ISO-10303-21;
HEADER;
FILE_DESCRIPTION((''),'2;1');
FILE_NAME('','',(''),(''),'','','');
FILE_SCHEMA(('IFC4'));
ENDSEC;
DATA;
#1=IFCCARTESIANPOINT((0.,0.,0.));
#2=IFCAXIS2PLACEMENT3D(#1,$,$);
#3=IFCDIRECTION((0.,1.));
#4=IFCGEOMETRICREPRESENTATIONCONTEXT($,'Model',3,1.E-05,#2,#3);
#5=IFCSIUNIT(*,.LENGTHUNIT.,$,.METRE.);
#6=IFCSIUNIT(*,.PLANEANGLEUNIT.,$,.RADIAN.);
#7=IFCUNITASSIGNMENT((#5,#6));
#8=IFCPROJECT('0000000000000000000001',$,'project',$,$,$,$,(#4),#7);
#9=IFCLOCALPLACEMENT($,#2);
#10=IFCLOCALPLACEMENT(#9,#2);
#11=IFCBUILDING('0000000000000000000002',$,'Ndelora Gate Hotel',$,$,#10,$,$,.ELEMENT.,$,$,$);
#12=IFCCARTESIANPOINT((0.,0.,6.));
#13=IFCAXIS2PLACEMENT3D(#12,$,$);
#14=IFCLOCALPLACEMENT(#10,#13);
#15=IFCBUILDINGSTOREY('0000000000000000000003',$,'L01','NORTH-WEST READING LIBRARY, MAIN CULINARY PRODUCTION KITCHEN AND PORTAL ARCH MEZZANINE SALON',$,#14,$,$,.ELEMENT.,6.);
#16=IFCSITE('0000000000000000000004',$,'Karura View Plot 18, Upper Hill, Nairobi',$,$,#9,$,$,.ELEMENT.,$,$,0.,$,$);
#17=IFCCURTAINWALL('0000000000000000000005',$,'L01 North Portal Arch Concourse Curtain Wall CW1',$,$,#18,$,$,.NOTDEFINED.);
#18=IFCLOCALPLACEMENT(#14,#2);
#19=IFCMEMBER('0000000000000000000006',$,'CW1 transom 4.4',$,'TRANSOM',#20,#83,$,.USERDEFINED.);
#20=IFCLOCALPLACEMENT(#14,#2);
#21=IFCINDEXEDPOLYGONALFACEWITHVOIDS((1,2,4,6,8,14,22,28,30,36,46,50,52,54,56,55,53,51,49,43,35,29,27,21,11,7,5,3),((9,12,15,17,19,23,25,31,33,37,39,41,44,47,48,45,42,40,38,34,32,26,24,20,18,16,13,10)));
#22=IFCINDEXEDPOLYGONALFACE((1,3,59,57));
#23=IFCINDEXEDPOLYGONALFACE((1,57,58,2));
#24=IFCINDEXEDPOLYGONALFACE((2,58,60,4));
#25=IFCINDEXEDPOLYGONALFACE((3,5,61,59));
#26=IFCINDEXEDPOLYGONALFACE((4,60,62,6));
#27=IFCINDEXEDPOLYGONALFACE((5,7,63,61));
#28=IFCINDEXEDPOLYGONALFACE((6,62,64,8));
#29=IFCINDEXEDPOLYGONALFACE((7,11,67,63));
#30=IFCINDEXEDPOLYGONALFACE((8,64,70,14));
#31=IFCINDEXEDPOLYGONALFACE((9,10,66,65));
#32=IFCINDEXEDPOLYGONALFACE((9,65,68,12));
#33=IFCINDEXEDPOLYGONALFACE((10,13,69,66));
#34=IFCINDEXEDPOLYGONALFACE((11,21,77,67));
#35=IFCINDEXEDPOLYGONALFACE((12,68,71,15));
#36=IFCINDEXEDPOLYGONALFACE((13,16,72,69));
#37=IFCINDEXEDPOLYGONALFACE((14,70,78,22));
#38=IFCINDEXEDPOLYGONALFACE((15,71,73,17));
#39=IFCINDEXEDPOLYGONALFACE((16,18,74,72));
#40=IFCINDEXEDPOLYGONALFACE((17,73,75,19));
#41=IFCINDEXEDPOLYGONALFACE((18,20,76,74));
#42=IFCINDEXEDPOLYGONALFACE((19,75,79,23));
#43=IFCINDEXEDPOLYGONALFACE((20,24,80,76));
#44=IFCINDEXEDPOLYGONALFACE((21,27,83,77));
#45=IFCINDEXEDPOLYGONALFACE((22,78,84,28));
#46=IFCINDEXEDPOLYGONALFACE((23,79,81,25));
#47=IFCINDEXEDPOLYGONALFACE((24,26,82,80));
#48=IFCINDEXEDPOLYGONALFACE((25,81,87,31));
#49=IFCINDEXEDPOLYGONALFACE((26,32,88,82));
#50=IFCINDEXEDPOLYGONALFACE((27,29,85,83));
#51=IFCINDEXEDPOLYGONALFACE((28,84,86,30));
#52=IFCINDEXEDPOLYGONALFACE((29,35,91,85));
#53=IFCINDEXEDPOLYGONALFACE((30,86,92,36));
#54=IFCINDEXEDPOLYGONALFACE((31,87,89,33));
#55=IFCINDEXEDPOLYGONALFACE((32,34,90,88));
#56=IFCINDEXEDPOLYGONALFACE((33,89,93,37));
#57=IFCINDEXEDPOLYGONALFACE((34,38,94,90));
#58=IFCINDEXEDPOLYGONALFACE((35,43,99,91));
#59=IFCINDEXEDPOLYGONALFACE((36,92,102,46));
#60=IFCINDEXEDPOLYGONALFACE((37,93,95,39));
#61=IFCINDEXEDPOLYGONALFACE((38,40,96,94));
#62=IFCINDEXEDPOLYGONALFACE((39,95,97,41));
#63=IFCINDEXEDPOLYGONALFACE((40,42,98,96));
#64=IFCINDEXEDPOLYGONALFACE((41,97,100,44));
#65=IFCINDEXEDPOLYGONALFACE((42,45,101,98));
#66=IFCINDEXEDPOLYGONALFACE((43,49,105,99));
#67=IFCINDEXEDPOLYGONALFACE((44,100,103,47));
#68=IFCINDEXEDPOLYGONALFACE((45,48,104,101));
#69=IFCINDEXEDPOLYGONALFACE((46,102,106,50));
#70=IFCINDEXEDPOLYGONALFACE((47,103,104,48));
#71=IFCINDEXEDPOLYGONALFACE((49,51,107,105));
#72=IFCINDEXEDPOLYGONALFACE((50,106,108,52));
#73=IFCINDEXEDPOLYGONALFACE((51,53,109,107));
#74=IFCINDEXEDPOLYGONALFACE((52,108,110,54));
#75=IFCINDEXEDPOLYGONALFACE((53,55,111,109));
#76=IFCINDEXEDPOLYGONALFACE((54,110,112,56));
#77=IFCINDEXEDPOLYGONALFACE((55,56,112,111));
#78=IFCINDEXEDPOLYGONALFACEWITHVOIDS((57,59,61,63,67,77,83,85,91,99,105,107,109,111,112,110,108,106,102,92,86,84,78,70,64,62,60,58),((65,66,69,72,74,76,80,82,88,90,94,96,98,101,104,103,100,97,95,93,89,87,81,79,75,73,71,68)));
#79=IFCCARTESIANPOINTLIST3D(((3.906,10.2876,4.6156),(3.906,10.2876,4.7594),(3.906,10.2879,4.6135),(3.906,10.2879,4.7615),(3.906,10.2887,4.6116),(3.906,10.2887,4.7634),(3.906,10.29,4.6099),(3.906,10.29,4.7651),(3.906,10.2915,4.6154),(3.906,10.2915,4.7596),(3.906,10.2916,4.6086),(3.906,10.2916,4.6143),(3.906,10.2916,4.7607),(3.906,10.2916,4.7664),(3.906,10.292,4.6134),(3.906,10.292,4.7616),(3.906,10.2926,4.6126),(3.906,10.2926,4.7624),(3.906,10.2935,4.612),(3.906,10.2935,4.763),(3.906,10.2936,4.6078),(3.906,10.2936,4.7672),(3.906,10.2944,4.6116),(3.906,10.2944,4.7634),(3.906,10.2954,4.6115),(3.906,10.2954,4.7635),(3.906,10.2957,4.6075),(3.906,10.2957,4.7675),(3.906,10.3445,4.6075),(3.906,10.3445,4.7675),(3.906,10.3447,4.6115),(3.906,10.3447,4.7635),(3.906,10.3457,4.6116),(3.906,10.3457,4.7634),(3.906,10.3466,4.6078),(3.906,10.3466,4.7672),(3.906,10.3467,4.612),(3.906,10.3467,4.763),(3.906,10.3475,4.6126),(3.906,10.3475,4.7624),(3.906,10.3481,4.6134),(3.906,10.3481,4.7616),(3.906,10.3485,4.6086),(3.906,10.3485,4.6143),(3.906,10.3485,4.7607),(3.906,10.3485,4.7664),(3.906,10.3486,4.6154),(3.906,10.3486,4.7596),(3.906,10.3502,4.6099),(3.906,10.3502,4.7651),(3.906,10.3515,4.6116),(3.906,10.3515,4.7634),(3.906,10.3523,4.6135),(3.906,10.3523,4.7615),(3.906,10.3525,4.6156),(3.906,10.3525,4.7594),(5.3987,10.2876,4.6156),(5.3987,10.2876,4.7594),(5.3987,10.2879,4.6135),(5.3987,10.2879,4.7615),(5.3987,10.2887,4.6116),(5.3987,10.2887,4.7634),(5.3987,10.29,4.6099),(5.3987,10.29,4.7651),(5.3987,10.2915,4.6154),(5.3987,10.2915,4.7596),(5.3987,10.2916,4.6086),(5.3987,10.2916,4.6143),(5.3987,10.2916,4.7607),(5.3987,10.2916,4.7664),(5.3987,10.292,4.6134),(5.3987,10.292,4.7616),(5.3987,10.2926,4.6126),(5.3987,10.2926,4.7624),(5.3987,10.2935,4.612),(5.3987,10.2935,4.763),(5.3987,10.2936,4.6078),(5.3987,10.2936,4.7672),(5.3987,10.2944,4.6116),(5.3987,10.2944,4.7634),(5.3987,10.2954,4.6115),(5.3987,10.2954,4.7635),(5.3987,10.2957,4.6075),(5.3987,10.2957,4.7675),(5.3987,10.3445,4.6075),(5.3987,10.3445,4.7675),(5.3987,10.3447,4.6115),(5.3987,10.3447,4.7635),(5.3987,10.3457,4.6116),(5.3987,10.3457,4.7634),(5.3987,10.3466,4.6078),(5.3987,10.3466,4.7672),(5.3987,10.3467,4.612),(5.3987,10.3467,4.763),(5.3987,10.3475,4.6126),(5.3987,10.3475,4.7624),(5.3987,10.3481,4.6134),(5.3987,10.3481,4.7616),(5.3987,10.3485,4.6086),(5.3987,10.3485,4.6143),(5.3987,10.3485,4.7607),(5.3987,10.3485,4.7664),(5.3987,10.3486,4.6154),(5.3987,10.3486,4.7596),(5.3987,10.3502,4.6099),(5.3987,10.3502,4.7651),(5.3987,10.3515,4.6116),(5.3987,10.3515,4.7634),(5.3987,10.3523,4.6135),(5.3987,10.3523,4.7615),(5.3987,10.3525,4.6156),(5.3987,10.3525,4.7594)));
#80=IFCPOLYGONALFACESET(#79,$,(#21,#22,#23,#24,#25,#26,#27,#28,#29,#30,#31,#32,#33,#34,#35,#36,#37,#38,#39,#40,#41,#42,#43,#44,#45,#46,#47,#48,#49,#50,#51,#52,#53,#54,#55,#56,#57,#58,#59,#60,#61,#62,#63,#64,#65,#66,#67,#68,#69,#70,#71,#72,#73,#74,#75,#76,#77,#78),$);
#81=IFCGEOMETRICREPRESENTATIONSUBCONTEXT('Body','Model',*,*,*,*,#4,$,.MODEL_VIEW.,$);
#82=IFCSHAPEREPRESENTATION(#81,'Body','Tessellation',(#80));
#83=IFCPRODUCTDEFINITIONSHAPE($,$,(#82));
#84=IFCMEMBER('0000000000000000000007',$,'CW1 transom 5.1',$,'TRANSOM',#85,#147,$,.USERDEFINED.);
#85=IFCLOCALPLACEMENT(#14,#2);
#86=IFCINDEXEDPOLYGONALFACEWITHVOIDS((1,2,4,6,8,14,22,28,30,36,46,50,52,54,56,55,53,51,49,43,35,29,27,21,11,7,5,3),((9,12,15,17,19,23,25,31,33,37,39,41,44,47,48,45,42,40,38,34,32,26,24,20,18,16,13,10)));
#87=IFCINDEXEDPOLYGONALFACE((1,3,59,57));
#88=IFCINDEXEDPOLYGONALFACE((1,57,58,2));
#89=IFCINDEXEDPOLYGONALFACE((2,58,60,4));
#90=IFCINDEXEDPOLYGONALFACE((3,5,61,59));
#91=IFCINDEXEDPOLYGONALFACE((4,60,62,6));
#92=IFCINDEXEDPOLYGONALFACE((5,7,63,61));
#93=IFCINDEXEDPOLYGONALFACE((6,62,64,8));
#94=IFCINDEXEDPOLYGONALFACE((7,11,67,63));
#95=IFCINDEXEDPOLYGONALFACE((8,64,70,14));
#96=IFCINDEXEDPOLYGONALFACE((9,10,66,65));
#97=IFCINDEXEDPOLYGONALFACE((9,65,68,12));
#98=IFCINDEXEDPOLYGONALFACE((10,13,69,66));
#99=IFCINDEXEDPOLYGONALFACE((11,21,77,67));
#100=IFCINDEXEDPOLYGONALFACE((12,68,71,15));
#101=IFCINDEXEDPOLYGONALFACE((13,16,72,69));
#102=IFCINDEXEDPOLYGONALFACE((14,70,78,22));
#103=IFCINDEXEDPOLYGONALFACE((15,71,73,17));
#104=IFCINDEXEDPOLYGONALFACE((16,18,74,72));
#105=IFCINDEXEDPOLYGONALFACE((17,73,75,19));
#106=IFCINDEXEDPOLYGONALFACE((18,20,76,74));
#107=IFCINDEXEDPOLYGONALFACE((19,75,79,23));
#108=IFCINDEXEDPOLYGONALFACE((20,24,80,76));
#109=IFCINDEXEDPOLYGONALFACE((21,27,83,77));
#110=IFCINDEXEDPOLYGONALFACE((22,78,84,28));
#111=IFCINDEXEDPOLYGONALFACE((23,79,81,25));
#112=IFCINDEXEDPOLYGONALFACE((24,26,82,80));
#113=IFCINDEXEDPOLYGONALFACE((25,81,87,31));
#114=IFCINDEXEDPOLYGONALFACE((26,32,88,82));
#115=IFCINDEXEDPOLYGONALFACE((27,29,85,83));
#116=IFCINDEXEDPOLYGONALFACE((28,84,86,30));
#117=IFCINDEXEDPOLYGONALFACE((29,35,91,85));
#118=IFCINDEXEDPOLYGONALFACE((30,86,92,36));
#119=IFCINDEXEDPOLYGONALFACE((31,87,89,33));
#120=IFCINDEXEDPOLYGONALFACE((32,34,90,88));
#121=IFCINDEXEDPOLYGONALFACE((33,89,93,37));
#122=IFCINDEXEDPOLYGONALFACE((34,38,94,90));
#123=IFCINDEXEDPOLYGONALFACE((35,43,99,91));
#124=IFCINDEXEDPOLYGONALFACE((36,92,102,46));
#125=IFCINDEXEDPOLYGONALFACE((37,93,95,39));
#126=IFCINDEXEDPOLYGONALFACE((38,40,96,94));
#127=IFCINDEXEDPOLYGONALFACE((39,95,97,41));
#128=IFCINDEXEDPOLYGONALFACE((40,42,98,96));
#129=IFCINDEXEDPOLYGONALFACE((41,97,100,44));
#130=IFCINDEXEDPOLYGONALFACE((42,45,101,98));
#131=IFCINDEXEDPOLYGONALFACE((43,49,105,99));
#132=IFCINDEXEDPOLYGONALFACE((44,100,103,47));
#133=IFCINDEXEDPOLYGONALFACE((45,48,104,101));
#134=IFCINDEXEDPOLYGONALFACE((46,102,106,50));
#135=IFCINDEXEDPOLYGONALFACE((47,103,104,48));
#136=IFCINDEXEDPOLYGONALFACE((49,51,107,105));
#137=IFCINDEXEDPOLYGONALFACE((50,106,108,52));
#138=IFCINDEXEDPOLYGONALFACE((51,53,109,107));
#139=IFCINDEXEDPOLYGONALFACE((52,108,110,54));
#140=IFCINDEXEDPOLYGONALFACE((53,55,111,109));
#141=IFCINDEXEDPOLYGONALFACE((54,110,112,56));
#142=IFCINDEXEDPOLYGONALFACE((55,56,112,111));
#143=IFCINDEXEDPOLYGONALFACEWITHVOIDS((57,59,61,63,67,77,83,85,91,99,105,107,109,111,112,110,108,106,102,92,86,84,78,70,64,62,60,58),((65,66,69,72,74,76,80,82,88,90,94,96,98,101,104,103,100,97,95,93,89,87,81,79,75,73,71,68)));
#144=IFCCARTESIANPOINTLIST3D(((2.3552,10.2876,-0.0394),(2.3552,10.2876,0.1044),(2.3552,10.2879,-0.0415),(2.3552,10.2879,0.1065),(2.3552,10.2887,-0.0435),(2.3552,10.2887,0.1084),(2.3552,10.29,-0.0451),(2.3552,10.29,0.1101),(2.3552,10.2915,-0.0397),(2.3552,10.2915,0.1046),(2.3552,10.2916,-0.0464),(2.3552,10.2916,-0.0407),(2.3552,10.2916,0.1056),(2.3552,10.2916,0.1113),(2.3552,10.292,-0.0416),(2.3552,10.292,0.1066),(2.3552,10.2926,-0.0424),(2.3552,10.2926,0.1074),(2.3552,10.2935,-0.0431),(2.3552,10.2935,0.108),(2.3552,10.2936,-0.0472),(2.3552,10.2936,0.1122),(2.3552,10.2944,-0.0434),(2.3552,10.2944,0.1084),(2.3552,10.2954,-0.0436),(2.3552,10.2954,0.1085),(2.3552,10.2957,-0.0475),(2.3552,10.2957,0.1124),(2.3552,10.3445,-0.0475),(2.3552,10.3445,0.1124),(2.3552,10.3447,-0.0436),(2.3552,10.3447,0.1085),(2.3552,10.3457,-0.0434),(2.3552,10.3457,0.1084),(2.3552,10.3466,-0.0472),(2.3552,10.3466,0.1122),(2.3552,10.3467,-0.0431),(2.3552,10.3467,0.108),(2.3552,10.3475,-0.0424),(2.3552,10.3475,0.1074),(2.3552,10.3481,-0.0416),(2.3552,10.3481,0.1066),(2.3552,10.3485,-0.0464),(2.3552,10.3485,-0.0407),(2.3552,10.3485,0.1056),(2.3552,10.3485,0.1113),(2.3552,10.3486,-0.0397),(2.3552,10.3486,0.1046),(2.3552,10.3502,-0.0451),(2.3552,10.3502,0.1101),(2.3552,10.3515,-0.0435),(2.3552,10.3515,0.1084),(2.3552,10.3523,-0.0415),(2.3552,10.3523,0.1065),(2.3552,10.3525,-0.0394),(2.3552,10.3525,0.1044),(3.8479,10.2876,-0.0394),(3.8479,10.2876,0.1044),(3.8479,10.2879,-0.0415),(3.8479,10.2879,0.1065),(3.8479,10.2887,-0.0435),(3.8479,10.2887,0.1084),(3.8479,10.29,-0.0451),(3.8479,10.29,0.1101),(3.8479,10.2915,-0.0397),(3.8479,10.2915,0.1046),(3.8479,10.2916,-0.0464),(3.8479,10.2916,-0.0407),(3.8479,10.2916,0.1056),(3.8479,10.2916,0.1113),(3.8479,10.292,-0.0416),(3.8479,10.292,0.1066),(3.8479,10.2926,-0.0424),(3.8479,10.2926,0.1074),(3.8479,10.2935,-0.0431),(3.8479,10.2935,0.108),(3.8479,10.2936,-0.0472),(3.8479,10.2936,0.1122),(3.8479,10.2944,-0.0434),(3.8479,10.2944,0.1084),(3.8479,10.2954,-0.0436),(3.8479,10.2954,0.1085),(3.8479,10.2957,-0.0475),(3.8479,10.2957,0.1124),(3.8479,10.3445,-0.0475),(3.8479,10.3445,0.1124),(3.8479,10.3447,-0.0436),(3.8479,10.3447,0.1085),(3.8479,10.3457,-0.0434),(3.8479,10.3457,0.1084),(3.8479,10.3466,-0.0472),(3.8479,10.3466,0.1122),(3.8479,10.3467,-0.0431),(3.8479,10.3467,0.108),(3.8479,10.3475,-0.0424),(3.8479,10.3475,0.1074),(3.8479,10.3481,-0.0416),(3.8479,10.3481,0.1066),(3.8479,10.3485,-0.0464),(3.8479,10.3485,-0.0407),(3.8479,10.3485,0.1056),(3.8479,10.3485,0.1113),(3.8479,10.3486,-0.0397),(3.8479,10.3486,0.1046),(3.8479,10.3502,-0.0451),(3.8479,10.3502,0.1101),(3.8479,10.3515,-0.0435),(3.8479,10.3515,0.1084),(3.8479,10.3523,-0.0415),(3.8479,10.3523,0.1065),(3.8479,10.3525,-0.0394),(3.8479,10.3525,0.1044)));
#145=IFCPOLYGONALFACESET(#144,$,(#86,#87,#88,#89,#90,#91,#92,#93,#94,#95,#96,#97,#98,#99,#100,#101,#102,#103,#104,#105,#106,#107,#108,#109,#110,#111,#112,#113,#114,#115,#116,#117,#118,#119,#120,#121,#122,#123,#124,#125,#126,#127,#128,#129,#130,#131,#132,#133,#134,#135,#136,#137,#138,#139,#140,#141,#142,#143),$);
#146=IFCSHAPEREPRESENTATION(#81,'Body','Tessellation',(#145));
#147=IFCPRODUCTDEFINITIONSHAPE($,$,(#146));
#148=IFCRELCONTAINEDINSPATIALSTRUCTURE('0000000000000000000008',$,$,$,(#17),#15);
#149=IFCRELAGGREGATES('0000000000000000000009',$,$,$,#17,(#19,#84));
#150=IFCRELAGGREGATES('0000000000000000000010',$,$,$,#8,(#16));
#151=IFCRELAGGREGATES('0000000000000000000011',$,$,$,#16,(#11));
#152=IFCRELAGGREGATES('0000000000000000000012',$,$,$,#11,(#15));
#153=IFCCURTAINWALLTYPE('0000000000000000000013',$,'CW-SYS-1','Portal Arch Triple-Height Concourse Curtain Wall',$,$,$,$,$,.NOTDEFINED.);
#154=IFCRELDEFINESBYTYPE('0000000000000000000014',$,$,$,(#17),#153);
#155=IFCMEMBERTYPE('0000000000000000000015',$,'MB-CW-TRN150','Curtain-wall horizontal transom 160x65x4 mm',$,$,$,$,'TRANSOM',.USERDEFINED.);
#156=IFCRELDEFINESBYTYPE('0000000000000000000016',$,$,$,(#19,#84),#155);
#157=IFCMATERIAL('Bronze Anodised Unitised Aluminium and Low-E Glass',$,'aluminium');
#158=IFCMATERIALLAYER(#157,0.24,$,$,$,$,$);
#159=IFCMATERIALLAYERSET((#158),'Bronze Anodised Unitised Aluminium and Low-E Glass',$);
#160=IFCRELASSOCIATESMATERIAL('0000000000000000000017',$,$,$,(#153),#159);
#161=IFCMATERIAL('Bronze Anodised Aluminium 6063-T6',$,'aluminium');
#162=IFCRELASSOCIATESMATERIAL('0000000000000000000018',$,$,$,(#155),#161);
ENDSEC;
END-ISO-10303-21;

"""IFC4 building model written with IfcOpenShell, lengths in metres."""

from ifc_helpers import new_model, si_unit, direction, frame, origin, origin_2d, place, context, subcontext, project, spatial, hollow_rectangle, extrude, material, layer, layer_set, material_profile, profile_set, type_object, element, aggregate, save


model = new_model("IFC4")

# Units and contexts
model_context = context("Model", 3, precision=1e-05, world=origin(), true_north=direction((0.0, 1.0)))
body_context = subcontext(model_context, "Body", "Model", "MODEL_VIEW")
ifc_project = project(units=[si_unit("LENGTHUNIT", "METRE"), si_unit("PLANEANGLEUNIT", "RADIAN")], contexts=[model_context])

# Site, building, storey
site_placement = place(None, origin())
site = spatial("IfcSite", under=ifc_project, at=site_placement, Name="Karura View Plot 18, Upper Hill, Nairobi", CompositionType="ELEMENT", RefElevation=0.0)
building_placement = place(site_placement, origin())
building = spatial("IfcBuilding", under=site, at=building_placement, Name="Ndelora Gate Hotel", CompositionType="ELEMENT")
storey_placement = place(building_placement, frame((0.0, 0.0, 6.0)))
storey = spatial("IfcBuildingStorey", under=building, at=storey_placement, Name="L01", Description="NORTH-WEST READING LIBRARY, MAIN CULINARY PRODUCTION KITCHEN AND PORTAL ARCH MEZZANINE SALON", CompositionType="ELEMENT", Elevation=6.0)

# Curtain wall, members
ifc_material_1 = material(Name="Bronze Anodised Unitised Aluminium and Low-E Glass", Category="aluminium")
ifc_layer_1 = layer(ifc_material_1, 0.24)
ifc_layer_set_1 = layer_set([ifc_layer_1], Name="Bronze Anodised Unitised Aluminium and Low-E Glass")
curtain_wall_type = type_object("IfcCurtainWallType", Name="CW-SYS-1", Description="Portal Arch Triple-Height Concourse Curtain Wall", PredefinedType="NOTDEFINED", material=ifc_layer_set_1)
curtain_wall_placement = place(storey_placement, origin())
curtain_wall = element("IfcCurtainWall", 1, at=curtain_wall_placement, inside=storey, type_object=curtain_wall_type, Name="L01 North Portal Arch Concourse Curtain Wall CW1", PredefinedType="NOTDEFINED")
ifc_material_2 = material(Name="Bronze Anodised Aluminium 6063-T6", Category="aluminium")
ifc_material_profile_1 = material_profile(ifc_material_2, hollow_rectangle(XDim=0.0649, YDim=0.1599, WallThickness=0.0039, InnerFilletRadius=0.0039, OuterFilletRadius=0.0081, at=origin_2d()), Name="ALU 160x65x4")
ifc_profile_set_1 = profile_set([ifc_material_profile_1], Name="Bronze Anodised Aluminium 6063-T6")
member_type_1 = type_object("IfcMemberType", Name="MB-CW-TRN150", Description="Curtain-wall horizontal transom 160x65x4 mm", ElementType="TRANSOM", PredefinedType="USERDEFINED", material=ifc_profile_set_1)
member_1_placement = place(storey_placement, frame((5.3987, 10.3201, 4.6875), z_axis=(-1.0, 0.0, 0.0), x_axis=(0.0, -1.0, 0.0)))
member_1 = element("IfcMember", 2, at=member_1_placement, type_object=member_type_1, Name="CW1 transom 4.4", ObjectType="TRANSOM", PredefinedType="USERDEFINED", context=body_context, shape_type="SweptSolid", body=[
    extrude(hollow_rectangle(XDim=0.0649, YDim=0.1599, WallThickness=0.0039, InnerFilletRadius=0.0039, OuterFilletRadius=0.0081, at=origin_2d()), origin(), (0.0, 0.0, 1.0), 1.4927),
])
member_2_placement = place(storey_placement, frame((3.8479, 10.3201, 0.0325), z_axis=(-1.0, 0.0, 0.0), x_axis=(0.0, -1.0, 0.0)))
member_2 = element("IfcMember", 3, at=member_2_placement, type_object=member_type_1, Name="CW1 transom 5.1", ObjectType="TRANSOM", PredefinedType="USERDEFINED", context=body_context, shape_type="SweptSolid", body=[
    extrude(hollow_rectangle(XDim=0.0649, YDim=0.1599, WallThickness=0.0039, InnerFilletRadius=0.0039, OuterFilletRadius=0.0081, at=origin_2d()), origin(), (0.0, 0.0, 1.0), 1.4927),
])
aggregate(curtain_wall, [member_1, member_2])

save(model, "model.ifc")
